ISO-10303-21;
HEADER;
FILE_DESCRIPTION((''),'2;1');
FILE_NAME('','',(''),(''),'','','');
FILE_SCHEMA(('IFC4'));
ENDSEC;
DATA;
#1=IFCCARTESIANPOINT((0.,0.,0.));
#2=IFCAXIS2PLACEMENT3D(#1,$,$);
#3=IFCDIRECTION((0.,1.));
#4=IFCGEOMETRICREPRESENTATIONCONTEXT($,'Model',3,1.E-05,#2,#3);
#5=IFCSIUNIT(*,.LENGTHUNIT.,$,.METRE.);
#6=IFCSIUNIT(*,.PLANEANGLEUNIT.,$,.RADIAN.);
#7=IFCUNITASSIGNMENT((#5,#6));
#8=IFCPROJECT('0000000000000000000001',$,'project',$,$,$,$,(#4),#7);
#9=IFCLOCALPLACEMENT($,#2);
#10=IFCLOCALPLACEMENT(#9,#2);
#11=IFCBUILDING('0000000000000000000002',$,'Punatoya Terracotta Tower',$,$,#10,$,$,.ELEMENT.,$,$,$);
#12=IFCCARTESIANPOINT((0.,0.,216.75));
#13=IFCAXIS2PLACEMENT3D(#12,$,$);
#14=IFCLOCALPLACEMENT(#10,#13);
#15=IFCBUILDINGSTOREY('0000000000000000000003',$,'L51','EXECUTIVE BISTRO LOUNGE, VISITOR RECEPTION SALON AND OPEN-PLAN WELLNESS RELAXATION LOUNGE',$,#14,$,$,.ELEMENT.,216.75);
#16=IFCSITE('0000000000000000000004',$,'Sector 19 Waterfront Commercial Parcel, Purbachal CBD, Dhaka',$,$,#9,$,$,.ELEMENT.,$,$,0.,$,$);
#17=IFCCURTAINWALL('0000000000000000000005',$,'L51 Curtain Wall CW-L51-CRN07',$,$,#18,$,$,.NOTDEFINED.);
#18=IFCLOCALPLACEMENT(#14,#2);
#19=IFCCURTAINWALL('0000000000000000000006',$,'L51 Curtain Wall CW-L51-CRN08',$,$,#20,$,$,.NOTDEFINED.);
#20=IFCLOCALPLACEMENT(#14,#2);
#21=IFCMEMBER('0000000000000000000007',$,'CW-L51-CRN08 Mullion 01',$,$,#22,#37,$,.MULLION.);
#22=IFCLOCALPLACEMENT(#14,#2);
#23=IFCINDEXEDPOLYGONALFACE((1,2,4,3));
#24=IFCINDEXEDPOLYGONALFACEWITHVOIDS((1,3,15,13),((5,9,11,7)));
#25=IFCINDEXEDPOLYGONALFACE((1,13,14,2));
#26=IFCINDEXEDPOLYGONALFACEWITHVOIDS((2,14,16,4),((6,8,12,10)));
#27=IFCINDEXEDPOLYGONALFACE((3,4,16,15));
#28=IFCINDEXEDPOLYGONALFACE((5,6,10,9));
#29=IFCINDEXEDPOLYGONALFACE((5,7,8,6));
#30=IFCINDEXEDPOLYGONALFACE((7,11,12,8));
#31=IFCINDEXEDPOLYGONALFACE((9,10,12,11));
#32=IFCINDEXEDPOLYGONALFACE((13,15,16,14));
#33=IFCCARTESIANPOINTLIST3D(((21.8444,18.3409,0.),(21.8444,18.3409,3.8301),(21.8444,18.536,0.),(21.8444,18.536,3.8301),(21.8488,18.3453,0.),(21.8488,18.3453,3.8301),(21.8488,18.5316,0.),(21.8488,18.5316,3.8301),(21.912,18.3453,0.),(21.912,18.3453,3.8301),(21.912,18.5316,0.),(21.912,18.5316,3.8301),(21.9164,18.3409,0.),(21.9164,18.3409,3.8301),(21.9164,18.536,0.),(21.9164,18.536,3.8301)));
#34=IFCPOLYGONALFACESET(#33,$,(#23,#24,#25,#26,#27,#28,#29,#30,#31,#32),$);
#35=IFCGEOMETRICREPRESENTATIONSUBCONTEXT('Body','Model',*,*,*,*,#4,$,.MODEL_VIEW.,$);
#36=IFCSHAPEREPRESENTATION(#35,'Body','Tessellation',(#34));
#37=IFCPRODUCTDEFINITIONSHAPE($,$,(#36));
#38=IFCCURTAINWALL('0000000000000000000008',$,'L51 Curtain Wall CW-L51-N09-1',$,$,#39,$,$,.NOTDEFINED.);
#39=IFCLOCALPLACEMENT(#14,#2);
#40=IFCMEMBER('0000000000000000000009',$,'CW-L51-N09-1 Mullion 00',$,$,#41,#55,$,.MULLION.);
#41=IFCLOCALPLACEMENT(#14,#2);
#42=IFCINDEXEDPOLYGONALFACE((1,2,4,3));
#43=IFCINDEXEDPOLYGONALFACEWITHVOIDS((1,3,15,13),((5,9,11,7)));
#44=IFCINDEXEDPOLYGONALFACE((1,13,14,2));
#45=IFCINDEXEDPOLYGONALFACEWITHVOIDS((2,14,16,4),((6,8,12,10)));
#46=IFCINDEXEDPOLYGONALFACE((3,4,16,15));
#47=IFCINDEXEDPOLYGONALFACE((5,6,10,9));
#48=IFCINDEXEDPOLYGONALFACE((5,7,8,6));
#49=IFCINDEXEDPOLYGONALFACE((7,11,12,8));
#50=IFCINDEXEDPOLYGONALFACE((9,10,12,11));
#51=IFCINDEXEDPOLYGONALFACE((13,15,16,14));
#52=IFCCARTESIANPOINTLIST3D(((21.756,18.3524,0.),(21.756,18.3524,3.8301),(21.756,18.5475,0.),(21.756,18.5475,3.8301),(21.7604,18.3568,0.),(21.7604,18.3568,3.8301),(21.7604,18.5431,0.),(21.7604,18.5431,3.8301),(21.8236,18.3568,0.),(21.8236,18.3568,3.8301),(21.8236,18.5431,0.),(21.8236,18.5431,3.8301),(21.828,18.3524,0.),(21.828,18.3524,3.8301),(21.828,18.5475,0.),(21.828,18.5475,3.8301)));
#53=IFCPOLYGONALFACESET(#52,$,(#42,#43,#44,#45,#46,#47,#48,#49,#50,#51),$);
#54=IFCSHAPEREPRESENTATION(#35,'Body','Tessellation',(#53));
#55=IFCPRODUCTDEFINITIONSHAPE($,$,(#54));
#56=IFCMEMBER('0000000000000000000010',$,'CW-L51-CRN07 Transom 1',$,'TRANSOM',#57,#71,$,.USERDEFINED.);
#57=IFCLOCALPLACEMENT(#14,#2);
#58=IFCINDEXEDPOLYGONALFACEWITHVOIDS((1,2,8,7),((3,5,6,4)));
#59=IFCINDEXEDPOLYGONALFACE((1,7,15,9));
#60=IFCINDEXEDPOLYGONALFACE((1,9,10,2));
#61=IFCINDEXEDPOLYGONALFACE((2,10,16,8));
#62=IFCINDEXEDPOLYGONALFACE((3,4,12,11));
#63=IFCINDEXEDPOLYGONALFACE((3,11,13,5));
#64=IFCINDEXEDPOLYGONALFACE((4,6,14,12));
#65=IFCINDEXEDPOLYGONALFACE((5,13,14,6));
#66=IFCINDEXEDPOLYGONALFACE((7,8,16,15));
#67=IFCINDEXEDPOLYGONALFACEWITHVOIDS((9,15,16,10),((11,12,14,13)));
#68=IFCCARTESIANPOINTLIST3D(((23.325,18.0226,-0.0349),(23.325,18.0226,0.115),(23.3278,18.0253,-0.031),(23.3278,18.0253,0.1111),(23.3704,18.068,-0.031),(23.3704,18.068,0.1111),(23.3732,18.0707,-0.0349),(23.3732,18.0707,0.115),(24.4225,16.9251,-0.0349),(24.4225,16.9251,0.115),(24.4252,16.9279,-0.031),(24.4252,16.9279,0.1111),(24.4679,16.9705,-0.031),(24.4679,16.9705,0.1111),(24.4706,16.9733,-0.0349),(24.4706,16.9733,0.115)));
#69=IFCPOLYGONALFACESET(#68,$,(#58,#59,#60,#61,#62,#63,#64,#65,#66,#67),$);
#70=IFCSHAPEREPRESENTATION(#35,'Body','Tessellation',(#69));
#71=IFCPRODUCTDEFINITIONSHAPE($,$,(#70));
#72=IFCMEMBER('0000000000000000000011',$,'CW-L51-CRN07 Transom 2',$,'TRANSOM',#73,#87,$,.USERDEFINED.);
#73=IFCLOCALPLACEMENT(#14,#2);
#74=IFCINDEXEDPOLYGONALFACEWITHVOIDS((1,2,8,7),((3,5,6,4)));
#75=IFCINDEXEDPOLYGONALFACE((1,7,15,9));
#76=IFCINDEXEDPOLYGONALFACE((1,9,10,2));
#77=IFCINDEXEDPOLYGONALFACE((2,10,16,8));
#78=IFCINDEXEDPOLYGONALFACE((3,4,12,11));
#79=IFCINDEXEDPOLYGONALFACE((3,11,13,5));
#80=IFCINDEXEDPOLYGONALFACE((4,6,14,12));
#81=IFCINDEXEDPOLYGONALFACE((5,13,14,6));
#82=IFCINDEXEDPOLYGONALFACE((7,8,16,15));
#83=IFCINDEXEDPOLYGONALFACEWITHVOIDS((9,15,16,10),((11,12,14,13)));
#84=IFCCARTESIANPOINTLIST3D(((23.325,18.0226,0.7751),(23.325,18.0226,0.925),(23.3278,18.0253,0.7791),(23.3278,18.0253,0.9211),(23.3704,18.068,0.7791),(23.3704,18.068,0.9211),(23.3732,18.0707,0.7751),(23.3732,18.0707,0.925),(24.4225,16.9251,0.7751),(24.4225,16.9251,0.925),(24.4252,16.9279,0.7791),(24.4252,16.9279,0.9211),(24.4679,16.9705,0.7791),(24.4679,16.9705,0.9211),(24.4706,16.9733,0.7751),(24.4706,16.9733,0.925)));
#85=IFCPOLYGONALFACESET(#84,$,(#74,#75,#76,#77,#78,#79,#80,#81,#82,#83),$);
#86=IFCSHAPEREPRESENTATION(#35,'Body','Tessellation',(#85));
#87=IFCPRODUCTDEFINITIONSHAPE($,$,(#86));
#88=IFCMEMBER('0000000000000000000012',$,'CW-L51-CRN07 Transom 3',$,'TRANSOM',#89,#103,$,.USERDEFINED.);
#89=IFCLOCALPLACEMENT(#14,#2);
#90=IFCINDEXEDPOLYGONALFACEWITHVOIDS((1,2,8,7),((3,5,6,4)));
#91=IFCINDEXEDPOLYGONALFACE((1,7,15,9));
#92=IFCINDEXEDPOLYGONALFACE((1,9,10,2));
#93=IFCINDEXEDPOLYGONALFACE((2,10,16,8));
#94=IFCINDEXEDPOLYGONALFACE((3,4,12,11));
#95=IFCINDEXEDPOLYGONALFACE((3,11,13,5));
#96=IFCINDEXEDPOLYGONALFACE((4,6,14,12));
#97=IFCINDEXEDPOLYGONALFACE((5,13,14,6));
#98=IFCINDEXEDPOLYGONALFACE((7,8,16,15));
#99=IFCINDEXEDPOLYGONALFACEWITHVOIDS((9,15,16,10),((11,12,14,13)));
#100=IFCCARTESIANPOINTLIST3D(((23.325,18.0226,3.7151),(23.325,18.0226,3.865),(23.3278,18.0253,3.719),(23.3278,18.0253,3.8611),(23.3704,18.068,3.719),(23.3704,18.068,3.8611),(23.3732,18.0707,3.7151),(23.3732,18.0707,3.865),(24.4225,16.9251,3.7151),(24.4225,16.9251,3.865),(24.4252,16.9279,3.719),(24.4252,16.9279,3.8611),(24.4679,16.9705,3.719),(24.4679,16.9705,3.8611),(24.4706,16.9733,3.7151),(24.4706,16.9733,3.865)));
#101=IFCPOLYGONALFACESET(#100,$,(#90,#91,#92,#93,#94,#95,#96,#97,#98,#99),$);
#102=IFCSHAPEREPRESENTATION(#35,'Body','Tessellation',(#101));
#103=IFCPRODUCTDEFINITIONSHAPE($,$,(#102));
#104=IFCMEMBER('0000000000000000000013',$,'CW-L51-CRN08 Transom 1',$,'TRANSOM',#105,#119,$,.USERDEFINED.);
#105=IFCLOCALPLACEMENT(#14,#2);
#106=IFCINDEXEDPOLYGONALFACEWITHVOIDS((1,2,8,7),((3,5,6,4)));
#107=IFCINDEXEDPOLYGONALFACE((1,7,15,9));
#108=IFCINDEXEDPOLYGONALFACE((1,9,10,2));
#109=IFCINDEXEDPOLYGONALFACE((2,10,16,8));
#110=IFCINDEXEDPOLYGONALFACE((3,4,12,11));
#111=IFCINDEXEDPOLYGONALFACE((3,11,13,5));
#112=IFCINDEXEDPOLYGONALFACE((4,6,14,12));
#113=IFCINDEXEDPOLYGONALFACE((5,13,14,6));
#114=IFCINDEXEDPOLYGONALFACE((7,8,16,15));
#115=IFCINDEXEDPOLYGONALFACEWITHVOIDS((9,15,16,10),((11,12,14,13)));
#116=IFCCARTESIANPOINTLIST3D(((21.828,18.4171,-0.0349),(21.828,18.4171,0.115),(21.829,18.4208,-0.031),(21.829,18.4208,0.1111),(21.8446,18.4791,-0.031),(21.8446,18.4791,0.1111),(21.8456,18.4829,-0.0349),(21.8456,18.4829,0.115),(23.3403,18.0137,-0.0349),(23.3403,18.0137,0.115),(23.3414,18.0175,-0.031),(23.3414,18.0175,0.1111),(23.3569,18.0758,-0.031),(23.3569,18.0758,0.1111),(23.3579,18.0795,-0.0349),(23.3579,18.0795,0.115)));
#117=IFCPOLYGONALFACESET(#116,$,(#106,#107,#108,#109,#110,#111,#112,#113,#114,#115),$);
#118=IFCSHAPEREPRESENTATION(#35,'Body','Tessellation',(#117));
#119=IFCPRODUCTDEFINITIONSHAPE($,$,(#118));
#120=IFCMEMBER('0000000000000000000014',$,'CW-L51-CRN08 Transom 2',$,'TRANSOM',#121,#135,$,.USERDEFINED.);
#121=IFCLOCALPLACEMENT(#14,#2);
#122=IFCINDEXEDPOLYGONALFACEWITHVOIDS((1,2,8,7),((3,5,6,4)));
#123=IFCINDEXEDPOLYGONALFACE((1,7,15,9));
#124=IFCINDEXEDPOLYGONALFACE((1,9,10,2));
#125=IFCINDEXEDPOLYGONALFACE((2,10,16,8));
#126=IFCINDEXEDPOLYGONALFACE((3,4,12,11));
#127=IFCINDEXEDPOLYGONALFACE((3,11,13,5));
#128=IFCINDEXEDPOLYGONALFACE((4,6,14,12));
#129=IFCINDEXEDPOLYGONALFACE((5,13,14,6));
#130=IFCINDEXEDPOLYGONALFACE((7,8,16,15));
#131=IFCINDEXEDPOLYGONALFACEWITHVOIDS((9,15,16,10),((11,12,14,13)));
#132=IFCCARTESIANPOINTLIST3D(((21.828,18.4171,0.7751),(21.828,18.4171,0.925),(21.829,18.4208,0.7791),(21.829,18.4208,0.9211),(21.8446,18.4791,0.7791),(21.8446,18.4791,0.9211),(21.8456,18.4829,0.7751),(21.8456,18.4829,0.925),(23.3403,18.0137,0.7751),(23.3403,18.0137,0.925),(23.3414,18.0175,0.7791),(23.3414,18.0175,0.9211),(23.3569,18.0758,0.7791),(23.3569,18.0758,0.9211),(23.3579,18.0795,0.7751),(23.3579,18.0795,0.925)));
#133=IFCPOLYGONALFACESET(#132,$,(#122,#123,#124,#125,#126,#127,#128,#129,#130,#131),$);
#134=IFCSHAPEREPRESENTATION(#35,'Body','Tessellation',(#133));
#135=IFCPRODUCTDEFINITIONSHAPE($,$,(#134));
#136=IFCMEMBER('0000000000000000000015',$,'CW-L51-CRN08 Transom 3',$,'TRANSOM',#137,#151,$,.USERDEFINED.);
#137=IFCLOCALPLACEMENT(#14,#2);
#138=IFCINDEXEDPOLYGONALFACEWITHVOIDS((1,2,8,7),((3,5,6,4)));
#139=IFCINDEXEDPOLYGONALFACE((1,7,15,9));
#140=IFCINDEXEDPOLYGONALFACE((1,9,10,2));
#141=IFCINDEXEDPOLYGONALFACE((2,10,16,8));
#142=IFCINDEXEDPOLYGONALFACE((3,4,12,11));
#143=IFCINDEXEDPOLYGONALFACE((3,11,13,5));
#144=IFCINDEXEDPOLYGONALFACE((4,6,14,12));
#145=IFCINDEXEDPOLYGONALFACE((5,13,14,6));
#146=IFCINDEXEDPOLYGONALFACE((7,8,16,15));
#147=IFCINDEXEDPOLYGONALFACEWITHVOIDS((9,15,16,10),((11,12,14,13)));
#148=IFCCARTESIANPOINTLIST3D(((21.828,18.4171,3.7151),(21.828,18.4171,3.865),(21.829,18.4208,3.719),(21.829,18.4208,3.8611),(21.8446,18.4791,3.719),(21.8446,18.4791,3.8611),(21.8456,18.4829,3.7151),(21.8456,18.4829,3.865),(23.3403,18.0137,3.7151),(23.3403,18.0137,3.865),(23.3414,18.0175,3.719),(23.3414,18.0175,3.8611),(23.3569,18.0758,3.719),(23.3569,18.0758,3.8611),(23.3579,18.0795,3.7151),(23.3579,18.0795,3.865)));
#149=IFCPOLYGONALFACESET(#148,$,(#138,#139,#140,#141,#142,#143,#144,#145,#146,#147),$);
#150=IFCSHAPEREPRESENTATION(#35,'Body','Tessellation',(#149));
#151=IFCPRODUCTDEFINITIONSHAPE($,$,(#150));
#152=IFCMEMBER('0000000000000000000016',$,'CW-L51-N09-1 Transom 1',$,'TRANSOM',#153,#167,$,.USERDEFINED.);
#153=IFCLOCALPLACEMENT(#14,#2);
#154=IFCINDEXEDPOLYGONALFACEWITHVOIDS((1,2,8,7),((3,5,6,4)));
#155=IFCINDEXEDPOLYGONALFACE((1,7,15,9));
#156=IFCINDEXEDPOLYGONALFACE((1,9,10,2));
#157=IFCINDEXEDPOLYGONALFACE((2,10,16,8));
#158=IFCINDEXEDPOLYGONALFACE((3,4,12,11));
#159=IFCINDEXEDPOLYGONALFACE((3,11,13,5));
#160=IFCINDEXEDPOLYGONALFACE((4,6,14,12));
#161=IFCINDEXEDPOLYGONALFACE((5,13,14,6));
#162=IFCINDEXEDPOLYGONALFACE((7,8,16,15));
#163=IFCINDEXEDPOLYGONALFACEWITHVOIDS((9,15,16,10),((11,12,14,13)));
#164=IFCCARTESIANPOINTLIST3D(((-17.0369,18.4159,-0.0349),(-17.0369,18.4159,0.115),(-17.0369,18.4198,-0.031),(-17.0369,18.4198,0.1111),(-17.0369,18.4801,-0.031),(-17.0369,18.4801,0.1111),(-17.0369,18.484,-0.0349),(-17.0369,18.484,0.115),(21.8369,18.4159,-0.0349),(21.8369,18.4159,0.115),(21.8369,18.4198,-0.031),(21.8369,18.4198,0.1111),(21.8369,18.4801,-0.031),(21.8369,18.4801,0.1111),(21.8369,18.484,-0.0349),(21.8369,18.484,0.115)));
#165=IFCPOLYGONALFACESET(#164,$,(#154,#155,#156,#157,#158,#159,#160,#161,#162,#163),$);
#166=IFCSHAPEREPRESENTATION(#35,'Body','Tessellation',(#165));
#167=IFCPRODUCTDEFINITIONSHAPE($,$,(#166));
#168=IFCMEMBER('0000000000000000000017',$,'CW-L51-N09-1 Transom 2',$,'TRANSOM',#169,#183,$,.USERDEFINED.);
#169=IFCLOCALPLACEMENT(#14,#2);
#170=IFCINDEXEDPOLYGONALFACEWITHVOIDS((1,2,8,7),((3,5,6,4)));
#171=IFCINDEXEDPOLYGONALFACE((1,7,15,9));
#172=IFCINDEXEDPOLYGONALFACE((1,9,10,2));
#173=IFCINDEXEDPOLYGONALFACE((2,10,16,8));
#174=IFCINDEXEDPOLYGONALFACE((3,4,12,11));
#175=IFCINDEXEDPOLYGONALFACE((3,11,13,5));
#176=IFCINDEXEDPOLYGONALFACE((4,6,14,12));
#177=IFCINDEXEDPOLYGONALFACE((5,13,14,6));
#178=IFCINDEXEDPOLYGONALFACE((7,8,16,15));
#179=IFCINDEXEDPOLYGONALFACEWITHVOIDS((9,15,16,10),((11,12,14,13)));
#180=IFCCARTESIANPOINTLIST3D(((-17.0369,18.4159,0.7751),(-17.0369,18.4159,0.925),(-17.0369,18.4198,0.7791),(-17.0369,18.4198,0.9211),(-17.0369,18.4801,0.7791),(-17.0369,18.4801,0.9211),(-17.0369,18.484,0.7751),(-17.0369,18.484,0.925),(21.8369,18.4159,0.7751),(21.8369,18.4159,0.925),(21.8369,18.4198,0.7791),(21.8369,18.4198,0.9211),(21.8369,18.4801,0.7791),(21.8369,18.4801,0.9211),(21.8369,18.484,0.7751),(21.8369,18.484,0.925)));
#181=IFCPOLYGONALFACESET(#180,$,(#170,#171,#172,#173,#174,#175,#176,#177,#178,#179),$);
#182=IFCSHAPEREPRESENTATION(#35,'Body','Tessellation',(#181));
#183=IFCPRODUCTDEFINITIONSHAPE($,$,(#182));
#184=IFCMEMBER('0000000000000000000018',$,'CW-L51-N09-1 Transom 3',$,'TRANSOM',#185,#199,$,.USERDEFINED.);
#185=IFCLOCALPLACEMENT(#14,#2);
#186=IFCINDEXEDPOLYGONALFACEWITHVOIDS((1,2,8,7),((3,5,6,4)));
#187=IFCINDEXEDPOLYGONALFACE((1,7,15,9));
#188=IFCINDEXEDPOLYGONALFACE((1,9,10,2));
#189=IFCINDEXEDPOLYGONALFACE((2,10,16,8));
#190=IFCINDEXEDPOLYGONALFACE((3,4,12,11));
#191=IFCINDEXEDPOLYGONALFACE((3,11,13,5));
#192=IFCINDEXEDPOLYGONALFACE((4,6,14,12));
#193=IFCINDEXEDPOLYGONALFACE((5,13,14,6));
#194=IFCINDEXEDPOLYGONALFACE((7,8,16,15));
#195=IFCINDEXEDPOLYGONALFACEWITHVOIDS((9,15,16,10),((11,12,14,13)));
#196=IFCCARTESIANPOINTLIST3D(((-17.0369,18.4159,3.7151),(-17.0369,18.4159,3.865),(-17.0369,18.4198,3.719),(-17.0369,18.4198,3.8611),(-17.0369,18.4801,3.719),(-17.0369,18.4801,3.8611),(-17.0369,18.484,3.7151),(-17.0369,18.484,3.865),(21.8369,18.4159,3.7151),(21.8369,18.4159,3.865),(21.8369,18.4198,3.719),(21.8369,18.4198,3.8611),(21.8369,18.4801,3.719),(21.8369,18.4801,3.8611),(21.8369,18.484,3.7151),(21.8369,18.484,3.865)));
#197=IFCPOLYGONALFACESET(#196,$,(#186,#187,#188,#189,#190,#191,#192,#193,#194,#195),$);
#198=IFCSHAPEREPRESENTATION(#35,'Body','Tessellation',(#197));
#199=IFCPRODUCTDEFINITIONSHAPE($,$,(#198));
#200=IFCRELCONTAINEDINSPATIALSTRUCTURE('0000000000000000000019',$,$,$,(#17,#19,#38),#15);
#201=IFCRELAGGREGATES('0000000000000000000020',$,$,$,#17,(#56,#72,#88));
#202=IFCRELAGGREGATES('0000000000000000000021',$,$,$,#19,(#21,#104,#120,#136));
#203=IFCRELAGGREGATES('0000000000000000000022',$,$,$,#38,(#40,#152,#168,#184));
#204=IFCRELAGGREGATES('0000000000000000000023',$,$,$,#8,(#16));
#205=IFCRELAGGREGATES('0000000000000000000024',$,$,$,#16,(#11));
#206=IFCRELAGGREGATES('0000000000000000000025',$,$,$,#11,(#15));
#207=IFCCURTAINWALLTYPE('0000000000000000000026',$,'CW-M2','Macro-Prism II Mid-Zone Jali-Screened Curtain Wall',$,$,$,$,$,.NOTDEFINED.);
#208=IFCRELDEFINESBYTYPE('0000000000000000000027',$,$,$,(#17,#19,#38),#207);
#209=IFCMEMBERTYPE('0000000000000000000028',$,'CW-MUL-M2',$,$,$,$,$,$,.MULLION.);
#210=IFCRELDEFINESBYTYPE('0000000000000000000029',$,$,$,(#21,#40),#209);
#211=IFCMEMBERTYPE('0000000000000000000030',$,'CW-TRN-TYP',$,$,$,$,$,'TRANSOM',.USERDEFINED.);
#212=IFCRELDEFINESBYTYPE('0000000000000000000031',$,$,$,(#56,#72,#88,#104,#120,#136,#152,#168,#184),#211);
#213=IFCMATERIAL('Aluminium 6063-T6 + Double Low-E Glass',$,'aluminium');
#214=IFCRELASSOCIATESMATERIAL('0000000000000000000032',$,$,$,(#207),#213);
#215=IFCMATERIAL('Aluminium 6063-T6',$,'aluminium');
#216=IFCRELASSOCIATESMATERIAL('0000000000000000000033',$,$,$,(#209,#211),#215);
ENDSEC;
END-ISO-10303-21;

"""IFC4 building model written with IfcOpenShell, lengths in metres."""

from ifc_helpers import new_model, si_unit, direction, frame, origin, origin_2d, place, context, subcontext, project, spatial, hollow_rectangle, extrude, material, material_profile, profile_set, type_object, element, aggregate, save


model = new_model("IFC4")

# Units and contexts
model_context = context("Model", 3, precision=1e-05, world=origin(), true_north=direction((0.0, 1.0)))
body_context = subcontext(model_context, "Body", "Model", "MODEL_VIEW")
ifc_project = project(units=[si_unit("LENGTHUNIT", "METRE"), si_unit("PLANEANGLEUNIT", "RADIAN")], contexts=[model_context])

# Site, building, storey
site_placement = place(None, origin())
site = spatial("IfcSite", under=ifc_project, at=site_placement, Name="Sector 19 Waterfront Commercial Parcel, Purbachal CBD, Dhaka", CompositionType="ELEMENT", RefElevation=0.0)
building_placement = place(site_placement, origin())
building = spatial("IfcBuilding", under=site, at=building_placement, Name="Punatoya Terracotta Tower", CompositionType="ELEMENT")
storey_placement = place(building_placement, frame((0.0, 0.0, 216.75)))
storey = spatial("IfcBuildingStorey", under=building, at=storey_placement, Name="L51", Description="EXECUTIVE BISTRO LOUNGE, VISITOR RECEPTION SALON AND OPEN-PLAN WELLNESS RELAXATION LOUNGE", CompositionType="ELEMENT", Elevation=216.75)

# Shared definitions
ifc_material_1 = material(Name="Aluminium 6063-T6 + Double Low-E Glass", Category="aluminium")
curtain_wall_type = type_object("IfcCurtainWallType", Name="CW-M2", Description="Macro-Prism II Mid-Zone Jali-Screened Curtain Wall", PredefinedType="NOTDEFINED", material=ifc_material_1)
ifc_material_2 = material(Name="Aluminium 6063-T6", Category="aluminium")
ifc_material_profile_1 = material_profile(ifc_material_2, hollow_rectangle(XDim=0.072, YDim=0.1951, WallThickness=0.0044, at=origin_2d()))
ifc_profile_set_1 = profile_set([ifc_material_profile_1], Name="Aluminium 6063-T6")
member_type_1 = type_object("IfcMemberType", Name="CW-MUL-M2", PredefinedType="MULLION", material=ifc_profile_set_1)

# Curtain walls, member
curtain_wall_1_placement = place(storey_placement, origin())
curtain_wall_1 = element("IfcCurtainWall", 1, at=curtain_wall_1_placement, inside=storey, type_object=curtain_wall_type, Name="L51 Curtain Wall CW-L51-CRN07", PredefinedType="NOTDEFINED")
curtain_wall_2_placement = place(storey_placement, origin())
curtain_wall_2 = element("IfcCurtainWall", 2, at=curtain_wall_2_placement, inside=storey, type_object=curtain_wall_type, Name="L51 Curtain Wall CW-L51-CRN08", PredefinedType="NOTDEFINED")
member_1_placement = place(storey_placement, frame((21.8804, 18.4385, 0.0), z_axis=(0.0, 0.0, 1.0), x_axis=(1.0, 0.0, 0.0)))
member_1 = element("IfcMember", 3, at=member_1_placement, type_object=member_type_1, Name="CW-L51-CRN08 Mullion 01", PredefinedType="MULLION", context=body_context, shape_type="SweptSolid", body=[
    extrude(hollow_rectangle(XDim=0.072, YDim=0.1951, WallThickness=0.0044, at=origin_2d()), origin(), (0.0, 0.0, 1.0), 3.8301),
])

# Curtain wall, member
curtain_wall_3_placement = place(storey_placement, origin())
curtain_wall_3 = element("IfcCurtainWall", 4, at=curtain_wall_3_placement, inside=storey, type_object=curtain_wall_type, Name="L51 Curtain Wall CW-L51-N09-1", PredefinedType="NOTDEFINED")
member_2_placement = place(storey_placement, frame((21.792, 18.45, 0.0), z_axis=(0.0, 0.0, 1.0), x_axis=(1.0, 0.0, 0.0)))
member_2 = element("IfcMember", 5, at=member_2_placement, type_object=member_type_1, Name="CW-L51-N09-1 Mullion 00", PredefinedType="MULLION", context=body_context, shape_type="SweptSolid", body=[
    extrude(hollow_rectangle(XDim=0.072, YDim=0.1951, WallThickness=0.0044, at=origin_2d()), origin(), (0.0, 0.0, 1.0), 3.8301),
])

# Members
ifc_material_profile_2 = material_profile(ifc_material_2, hollow_rectangle(XDim=0.0681, YDim=0.1499, WallThickness=0.0039, at=origin_2d()))
ifc_profile_set_2 = profile_set([ifc_material_profile_2], Name="Aluminium 6063-T6")
member_type_2 = type_object("IfcMemberType", Name="CW-TRN-TYP", ElementType="TRANSOM", PredefinedType="USERDEFINED", material=ifc_profile_set_2)
member_3_placement = place(storey_placement, frame((24.4465, 16.9492, 0.04), z_axis=(-0.707107, 0.707107, 0.0), x_axis=(-0.707107, -0.707107, 0.0)))
member_3 = element("IfcMember", 6, at=member_3_placement, type_object=member_type_2, Name="CW-L51-CRN07 Transom 1", ObjectType="TRANSOM", PredefinedType="USERDEFINED", context=body_context, shape_type="SweptSolid", body=[
    extrude(hollow_rectangle(XDim=0.0681, YDim=0.1499, WallThickness=0.0039, at=origin_2d()), origin(), (0.0, 0.0, 1.0), 1.552),
])
member_4_placement = place(storey_placement, frame((24.4465, 16.9492, 0.8501), z_axis=(-0.707107, 0.707107, 0.0), x_axis=(-0.707107, -0.707107, 0.0)))
member_4 = element("IfcMember", 7, at=member_4_placement, type_object=member_type_2, Name="CW-L51-CRN07 Transom 2", ObjectType="TRANSOM", PredefinedType="USERDEFINED", context=body_context, shape_type="SweptSolid", body=[
    extrude(hollow_rectangle(XDim=0.0681, YDim=0.1499, WallThickness=0.0039, at=origin_2d()), origin(), (0.0, 0.0, 1.0), 1.552),
])
member_5_placement = place(storey_placement, frame((24.4465, 16.9492, 3.79), z_axis=(-0.707107, 0.707107, 0.0), x_axis=(-0.707107, -0.707107, 0.0)))
member_5 = element("IfcMember", 8, at=member_5_placement, type_object=member_type_2, Name="CW-L51-CRN07 Transom 3", ObjectType="TRANSOM", PredefinedType="USERDEFINED", context=body_context, shape_type="SweptSolid", body=[
    extrude(hollow_rectangle(XDim=0.0681, YDim=0.1499, WallThickness=0.0039, at=origin_2d()), origin(), (0.0, 0.0, 1.0), 1.552),
])
member_6_placement = place(storey_placement, frame((23.3491, 18.0466, 0.04), z_axis=(-0.966225, 0.257701, 0.0), x_axis=(-0.257701, -0.966225, 0.0)))
member_6 = element("IfcMember", 9, at=member_6_placement, type_object=member_type_2, Name="CW-L51-CRN08 Transom 1", ObjectType="TRANSOM", PredefinedType="USERDEFINED", context=body_context, shape_type="SweptSolid", body=[
    extrude(hollow_rectangle(XDim=0.0681, YDim=0.1499, WallThickness=0.0039, at=origin_2d()), origin(), (0.0, 0.0, 1.0), 1.5652),
])
member_7_placement = place(storey_placement, frame((23.3491, 18.0466, 0.8501), z_axis=(-0.966225, 0.257701, 0.0), x_axis=(-0.257701, -0.966225, 0.0)))
member_7 = element("IfcMember", 10, at=member_7_placement, type_object=member_type_2, Name="CW-L51-CRN08 Transom 2", ObjectType="TRANSOM", PredefinedType="USERDEFINED", context=body_context, shape_type="SweptSolid", body=[
    extrude(hollow_rectangle(XDim=0.0681, YDim=0.1499, WallThickness=0.0039, at=origin_2d()), origin(), (0.0, 0.0, 1.0), 1.5652),
])
member_8_placement = place(storey_placement, frame((23.3491, 18.0466, 3.79), z_axis=(-0.966225, 0.257701, 0.0), x_axis=(-0.257701, -0.966225, 0.0)))
member_8 = element("IfcMember", 11, at=member_8_placement, type_object=member_type_2, Name="CW-L51-CRN08 Transom 3", ObjectType="TRANSOM", PredefinedType="USERDEFINED", context=body_context, shape_type="SweptSolid", body=[
    extrude(hollow_rectangle(XDim=0.0681, YDim=0.1499, WallThickness=0.0039, at=origin_2d()), origin(), (0.0, 0.0, 1.0), 1.5652),
])
member_9_placement = place(storey_placement, frame((21.8369, 18.45, 0.04), z_axis=(-1.0, 0.0, 0.0), x_axis=(0.0, -1.0, 0.0)))
member_9 = element("IfcMember", 12, at=member_9_placement, type_object=member_type_2, Name="CW-L51-N09-1 Transom 1", ObjectType="TRANSOM", PredefinedType="USERDEFINED", context=body_context, shape_type="SweptSolid", body=[
    extrude(hollow_rectangle(XDim=0.0681, YDim=0.1499, WallThickness=0.0039, at=origin_2d()), origin(), (0.0, 0.0, 1.0), 38.8738),
])
member_10_placement = place(storey_placement, frame((21.8369, 18.45, 0.8501), z_axis=(-1.0, 0.0, 0.0), x_axis=(0.0, -1.0, 0.0)))
member_10 = element("IfcMember", 13, at=member_10_placement, type_object=member_type_2, Name="CW-L51-N09-1 Transom 2", ObjectType="TRANSOM", PredefinedType="USERDEFINED", context=body_context, shape_type="SweptSolid", body=[
    extrude(hollow_rectangle(XDim=0.0681, YDim=0.1499, WallThickness=0.0039, at=origin_2d()), origin(), (0.0, 0.0, 1.0), 38.8738),
])
member_11_placement = place(storey_placement, frame((21.8369, 18.45, 3.79), z_axis=(-1.0, 0.0, 0.0), x_axis=(0.0, -1.0, 0.0)))
member_11 = element("IfcMember", 14, at=member_11_placement, type_object=member_type_2, Name="CW-L51-N09-1 Transom 3", ObjectType="TRANSOM", PredefinedType="USERDEFINED", context=body_context, shape_type="SweptSolid", body=[
    extrude(hollow_rectangle(XDim=0.0681, YDim=0.1499, WallThickness=0.0039, at=origin_2d()), origin(), (0.0, 0.0, 1.0), 38.8738),
])

aggregate(curtain_wall_1, [member_3, member_4, member_5])
aggregate(curtain_wall_2, [member_1, member_6, member_7, member_8])
aggregate(curtain_wall_3, [member_2, member_9, member_10, member_11])

save(model, "model.ifc")
